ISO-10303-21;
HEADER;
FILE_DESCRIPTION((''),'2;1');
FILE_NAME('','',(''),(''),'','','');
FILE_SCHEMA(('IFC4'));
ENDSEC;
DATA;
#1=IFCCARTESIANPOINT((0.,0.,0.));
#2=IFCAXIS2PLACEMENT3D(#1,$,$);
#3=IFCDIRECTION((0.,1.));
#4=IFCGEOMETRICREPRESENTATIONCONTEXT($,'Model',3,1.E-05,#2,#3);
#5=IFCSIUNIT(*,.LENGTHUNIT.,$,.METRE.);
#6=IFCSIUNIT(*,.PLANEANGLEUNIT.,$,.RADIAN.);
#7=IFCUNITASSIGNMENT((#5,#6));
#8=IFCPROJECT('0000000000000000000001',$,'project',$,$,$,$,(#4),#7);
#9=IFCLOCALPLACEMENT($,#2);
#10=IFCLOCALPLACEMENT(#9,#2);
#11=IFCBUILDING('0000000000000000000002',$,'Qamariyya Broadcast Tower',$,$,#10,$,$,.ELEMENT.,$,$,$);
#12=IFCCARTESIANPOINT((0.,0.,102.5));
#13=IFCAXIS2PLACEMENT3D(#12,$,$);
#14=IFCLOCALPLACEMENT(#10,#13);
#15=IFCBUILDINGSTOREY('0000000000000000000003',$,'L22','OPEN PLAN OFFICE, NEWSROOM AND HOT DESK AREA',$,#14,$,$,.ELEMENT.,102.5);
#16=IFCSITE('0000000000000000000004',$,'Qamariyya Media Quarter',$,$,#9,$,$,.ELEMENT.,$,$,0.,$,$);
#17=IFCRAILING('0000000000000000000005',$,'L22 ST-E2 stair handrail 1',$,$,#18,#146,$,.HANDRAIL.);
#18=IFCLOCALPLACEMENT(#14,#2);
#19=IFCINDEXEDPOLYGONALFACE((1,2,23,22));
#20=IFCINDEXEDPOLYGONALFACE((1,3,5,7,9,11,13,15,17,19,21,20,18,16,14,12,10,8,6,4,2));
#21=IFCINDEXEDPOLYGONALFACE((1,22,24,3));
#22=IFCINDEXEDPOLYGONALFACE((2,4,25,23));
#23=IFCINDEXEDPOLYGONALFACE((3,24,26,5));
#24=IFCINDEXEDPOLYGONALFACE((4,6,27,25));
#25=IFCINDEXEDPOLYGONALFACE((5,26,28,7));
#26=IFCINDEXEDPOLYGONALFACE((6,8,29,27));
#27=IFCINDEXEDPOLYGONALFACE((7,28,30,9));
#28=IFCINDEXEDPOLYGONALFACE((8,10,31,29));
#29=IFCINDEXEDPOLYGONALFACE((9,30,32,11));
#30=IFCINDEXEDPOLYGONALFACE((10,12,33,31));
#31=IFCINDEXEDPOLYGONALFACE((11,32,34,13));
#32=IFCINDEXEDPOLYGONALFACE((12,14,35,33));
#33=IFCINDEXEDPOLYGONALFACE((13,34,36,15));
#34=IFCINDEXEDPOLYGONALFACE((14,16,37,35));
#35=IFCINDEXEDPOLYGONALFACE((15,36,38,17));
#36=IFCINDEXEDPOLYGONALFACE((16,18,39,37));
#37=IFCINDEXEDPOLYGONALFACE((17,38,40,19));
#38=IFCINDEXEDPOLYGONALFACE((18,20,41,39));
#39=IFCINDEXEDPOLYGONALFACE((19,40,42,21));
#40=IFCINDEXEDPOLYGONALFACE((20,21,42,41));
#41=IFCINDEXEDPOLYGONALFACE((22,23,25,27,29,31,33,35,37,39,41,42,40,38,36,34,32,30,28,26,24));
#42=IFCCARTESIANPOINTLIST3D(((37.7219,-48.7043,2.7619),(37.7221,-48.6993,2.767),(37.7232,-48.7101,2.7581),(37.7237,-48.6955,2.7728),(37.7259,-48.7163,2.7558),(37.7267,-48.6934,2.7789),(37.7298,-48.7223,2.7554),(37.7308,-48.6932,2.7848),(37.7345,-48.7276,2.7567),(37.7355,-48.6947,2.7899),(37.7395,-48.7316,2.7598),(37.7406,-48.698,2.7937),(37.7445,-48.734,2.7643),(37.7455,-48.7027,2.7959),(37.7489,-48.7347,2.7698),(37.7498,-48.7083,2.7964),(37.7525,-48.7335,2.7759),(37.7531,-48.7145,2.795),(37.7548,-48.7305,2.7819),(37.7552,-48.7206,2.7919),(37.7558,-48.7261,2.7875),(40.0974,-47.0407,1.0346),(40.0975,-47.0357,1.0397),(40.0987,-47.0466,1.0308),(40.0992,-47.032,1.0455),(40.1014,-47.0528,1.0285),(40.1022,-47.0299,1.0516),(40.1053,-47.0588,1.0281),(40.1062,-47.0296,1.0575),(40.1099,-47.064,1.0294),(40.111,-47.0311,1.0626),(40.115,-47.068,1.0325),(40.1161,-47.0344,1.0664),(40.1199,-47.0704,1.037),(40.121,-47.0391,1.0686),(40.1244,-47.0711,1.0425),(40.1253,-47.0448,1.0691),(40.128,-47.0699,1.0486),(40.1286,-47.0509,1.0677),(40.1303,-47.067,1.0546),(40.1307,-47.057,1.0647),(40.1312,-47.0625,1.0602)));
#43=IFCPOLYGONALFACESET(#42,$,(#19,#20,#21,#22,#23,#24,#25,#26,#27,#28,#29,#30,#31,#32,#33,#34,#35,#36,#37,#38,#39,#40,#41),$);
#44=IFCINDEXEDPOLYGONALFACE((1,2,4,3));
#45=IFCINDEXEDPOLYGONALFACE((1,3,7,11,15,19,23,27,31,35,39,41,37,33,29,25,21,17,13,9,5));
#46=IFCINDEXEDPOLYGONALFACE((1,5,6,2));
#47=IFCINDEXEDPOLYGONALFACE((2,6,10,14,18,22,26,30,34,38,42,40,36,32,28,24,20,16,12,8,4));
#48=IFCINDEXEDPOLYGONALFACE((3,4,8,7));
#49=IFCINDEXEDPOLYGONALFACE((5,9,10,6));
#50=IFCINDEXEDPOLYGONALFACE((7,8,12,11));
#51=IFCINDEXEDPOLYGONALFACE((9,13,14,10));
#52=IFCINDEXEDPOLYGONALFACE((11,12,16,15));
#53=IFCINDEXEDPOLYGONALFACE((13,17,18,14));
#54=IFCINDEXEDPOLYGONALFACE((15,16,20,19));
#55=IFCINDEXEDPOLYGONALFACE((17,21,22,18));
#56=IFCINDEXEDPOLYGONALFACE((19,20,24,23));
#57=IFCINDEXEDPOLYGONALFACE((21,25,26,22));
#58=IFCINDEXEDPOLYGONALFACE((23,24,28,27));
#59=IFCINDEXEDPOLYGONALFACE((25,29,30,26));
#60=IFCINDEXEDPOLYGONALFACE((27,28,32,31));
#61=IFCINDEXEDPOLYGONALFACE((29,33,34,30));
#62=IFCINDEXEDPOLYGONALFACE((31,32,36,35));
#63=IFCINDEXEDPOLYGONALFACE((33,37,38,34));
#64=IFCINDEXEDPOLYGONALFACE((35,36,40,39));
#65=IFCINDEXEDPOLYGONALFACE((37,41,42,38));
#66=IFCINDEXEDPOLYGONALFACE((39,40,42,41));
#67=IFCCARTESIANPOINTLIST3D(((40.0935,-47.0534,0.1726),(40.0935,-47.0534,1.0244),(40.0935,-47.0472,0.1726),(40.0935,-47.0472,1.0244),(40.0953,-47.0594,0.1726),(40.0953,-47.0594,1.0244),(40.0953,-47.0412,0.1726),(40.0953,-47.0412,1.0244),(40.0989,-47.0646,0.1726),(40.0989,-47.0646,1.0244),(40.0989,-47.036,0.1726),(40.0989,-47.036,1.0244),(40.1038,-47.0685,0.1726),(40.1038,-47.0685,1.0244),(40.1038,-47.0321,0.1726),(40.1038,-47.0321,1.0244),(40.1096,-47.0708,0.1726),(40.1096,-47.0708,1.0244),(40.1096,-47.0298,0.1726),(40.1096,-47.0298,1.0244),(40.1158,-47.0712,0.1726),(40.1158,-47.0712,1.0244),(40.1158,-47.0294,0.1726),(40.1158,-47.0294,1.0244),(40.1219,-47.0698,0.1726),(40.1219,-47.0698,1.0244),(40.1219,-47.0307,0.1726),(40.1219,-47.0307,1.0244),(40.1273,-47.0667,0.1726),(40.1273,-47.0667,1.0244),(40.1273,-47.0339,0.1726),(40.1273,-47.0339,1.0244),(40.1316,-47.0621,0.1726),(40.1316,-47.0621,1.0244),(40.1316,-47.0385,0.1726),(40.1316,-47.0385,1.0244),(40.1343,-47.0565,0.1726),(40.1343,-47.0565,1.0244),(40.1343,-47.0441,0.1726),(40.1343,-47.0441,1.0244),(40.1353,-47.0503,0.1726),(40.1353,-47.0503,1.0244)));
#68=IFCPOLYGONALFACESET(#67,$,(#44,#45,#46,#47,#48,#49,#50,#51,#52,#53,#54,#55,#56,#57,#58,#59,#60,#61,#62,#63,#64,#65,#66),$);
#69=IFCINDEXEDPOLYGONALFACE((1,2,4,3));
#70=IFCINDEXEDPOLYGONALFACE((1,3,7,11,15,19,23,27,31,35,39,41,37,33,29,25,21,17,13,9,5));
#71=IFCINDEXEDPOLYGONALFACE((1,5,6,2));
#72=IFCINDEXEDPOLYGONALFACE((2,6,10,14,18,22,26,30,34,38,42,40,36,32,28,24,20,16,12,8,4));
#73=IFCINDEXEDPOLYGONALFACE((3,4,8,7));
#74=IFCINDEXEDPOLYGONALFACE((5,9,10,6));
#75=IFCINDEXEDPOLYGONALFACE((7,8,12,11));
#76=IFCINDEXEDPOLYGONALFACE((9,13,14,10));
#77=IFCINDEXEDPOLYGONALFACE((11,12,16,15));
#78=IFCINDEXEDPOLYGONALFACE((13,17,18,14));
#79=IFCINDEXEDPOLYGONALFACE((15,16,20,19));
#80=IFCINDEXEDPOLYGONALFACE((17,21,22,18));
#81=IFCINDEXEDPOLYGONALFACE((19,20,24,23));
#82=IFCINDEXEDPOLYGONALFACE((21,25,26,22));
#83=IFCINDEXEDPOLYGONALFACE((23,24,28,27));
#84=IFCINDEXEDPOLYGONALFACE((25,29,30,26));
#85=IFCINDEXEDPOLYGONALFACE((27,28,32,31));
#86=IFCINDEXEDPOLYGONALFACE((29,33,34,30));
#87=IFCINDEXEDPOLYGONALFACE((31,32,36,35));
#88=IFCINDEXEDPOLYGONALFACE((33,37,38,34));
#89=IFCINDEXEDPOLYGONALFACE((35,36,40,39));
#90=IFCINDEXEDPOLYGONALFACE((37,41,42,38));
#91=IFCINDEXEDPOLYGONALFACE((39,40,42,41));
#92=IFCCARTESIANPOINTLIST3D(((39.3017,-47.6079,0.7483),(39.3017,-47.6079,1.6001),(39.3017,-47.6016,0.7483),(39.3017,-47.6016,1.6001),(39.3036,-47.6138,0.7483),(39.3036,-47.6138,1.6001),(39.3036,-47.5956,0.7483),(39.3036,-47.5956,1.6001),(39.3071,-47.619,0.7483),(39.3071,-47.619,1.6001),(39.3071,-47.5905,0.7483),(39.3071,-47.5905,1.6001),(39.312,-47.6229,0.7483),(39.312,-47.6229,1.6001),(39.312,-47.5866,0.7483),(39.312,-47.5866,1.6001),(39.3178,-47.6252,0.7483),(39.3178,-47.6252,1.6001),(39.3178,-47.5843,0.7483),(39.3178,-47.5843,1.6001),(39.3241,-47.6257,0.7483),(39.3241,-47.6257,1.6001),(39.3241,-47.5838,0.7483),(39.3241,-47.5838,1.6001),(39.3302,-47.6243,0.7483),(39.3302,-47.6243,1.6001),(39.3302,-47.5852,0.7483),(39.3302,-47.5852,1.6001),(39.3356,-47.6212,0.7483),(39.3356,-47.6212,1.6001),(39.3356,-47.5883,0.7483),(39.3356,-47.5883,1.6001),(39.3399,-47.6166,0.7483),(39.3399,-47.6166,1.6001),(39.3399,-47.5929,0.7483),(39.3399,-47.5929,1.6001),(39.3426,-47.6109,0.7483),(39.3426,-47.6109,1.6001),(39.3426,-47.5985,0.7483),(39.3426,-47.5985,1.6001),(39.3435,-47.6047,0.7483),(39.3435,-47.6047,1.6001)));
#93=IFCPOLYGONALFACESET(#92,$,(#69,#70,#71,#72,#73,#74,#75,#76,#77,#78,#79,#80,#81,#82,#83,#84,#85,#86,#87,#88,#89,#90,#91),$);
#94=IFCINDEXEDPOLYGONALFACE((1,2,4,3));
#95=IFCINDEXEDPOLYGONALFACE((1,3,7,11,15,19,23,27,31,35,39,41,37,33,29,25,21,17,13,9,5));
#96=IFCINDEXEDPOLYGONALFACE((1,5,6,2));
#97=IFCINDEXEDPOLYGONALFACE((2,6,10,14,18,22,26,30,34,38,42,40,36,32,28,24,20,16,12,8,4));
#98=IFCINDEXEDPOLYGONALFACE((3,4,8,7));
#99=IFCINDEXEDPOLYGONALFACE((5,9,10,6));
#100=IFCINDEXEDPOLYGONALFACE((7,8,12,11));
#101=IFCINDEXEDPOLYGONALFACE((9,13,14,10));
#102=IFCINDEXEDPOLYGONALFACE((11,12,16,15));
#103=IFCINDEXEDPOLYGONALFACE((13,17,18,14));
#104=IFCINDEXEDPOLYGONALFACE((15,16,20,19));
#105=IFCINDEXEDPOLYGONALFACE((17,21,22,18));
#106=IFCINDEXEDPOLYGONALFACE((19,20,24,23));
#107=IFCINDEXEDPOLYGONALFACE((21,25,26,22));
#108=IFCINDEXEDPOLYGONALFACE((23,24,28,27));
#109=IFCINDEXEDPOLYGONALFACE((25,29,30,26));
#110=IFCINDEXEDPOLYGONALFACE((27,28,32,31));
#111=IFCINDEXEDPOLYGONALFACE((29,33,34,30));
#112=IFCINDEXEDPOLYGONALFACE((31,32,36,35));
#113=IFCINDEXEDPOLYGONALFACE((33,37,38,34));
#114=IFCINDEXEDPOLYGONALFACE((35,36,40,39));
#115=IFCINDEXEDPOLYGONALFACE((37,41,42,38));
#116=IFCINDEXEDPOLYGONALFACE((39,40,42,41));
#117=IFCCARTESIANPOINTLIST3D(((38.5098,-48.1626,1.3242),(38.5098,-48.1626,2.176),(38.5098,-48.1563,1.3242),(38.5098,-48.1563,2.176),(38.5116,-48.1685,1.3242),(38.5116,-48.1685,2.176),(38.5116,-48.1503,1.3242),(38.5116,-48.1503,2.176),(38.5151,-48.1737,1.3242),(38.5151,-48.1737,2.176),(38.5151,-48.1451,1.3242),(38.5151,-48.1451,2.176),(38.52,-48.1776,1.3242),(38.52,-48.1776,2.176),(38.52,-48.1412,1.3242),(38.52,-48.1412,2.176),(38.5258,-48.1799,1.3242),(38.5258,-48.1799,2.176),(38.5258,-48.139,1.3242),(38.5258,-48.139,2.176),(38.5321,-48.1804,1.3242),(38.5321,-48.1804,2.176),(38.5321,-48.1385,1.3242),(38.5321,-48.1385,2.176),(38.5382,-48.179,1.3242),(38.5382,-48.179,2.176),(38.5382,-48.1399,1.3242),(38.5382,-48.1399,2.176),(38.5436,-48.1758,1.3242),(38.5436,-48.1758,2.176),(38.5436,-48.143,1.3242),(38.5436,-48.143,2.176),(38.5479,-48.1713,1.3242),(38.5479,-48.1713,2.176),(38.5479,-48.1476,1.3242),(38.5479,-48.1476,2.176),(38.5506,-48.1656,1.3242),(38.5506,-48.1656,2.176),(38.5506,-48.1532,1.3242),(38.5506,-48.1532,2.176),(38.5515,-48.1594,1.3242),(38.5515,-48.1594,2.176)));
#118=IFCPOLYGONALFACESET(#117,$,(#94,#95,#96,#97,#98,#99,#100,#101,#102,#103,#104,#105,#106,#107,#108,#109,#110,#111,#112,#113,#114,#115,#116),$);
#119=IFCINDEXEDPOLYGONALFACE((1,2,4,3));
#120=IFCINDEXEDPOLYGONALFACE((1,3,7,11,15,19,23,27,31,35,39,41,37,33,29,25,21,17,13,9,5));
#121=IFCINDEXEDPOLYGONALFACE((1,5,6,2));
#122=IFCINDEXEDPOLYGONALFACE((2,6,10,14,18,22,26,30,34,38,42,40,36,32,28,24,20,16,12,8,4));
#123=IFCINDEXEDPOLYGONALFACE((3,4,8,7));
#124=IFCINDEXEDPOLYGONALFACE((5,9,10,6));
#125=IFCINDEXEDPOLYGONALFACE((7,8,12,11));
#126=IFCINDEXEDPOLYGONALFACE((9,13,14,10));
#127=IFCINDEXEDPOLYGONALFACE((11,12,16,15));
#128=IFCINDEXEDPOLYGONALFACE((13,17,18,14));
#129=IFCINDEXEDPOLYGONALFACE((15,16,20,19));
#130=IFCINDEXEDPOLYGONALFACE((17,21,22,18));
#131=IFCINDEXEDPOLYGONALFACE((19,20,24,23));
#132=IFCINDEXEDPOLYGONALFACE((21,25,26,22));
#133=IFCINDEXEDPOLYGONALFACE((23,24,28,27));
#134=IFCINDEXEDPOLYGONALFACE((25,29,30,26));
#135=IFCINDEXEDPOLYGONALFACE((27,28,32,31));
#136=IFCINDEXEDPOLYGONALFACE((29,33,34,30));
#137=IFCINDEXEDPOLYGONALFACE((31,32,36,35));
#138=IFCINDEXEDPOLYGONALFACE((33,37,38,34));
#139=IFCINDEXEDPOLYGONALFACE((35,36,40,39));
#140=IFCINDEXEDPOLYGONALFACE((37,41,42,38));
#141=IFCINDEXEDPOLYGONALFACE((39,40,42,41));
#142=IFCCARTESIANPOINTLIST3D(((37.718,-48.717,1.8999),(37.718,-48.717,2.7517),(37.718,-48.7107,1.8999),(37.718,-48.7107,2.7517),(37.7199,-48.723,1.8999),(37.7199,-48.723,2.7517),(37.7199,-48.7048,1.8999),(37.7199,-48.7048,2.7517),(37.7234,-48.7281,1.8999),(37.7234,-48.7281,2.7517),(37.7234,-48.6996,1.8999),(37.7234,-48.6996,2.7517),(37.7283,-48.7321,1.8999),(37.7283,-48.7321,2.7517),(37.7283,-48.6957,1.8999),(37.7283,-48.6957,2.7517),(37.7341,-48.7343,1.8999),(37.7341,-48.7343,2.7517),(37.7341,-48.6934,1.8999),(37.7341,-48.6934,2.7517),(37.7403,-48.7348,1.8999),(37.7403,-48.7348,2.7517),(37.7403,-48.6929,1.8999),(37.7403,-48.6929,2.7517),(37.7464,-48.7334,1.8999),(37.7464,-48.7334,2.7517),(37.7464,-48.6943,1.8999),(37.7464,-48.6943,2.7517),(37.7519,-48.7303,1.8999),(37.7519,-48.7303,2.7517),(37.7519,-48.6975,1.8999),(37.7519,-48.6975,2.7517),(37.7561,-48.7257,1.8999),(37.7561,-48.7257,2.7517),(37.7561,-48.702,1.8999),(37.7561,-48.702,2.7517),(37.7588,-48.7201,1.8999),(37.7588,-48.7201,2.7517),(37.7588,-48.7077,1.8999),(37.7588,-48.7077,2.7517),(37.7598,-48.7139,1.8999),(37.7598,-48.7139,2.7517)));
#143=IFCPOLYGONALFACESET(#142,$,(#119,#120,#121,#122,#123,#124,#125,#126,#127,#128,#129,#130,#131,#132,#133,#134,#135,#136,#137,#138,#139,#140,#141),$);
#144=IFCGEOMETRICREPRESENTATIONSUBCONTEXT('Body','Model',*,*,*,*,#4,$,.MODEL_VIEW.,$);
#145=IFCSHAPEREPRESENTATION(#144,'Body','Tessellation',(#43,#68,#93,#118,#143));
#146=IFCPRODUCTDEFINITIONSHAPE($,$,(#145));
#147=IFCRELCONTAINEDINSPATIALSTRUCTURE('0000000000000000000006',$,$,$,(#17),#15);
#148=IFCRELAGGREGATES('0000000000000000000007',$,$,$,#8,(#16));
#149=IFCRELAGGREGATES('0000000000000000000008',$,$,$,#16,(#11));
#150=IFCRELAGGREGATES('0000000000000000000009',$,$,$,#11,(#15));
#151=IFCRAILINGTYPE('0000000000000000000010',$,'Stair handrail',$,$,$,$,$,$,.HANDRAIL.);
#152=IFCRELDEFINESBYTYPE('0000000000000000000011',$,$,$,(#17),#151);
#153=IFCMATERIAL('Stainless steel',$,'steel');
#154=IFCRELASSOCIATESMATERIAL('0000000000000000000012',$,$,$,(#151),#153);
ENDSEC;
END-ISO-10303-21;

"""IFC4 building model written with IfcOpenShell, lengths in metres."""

from ifc_helpers import new_model, si_unit, direction, frame, origin, origin_2d, place, context, subcontext, project, spatial, circle, extrude, material, type_object, element, save


model = new_model("IFC4")

# Units and contexts
model_context = context("Model", 3, precision=1e-05, world=origin(), true_north=direction((0.0, 1.0)))
body_context = subcontext(model_context, "Body", "Model", "MODEL_VIEW")
ifc_project = project(units=[si_unit("LENGTHUNIT", "METRE"), si_unit("PLANEANGLEUNIT", "RADIAN")], contexts=[model_context])

# Site, building, storey
site_placement = place(None, origin())
site = spatial("IfcSite", under=ifc_project, at=site_placement, Name="Qamariyya Media Quarter", CompositionType="ELEMENT", RefElevation=0.0)
building_placement = place(site_placement, origin())
building = spatial("IfcBuilding", under=site, at=building_placement, Name="Qamariyya Broadcast Tower", CompositionType="ELEMENT")
storey_placement = place(building_placement, frame((0.0, 0.0, 102.5)))
storey = spatial("IfcBuildingStorey", under=building, at=storey_placement, Name="L22", Description="OPEN PLAN OFFICE, NEWSROOM AND HOT DESK AREA", CompositionType="ELEMENT", Elevation=102.5)

# Railing
ifc_material_1 = material(Name="Stainless steel", Category="steel")
railing_type_1 = type_object("IfcRailingType", Name="Stair handrail", PredefinedType="HANDRAIL", material=ifc_material_1)
railing_1_placement = place(storey_placement, frame((40.1143, -47.0503, 0.1726)))
element("IfcRailing", 1, at=railing_1_placement, inside=storey, type_object=railing_type_1, Name="L22 ST-E2 stair handrail 1", PredefinedType="HANDRAIL", context=body_context, shape_type="SweptSolid", body=[
    extrude(circle(Radius=0.0239, at=origin_2d()), frame((0.0, 0.0, 0.876), z_axis=(-0.703745, -0.492838, 0.511716), x_axis=(0.573632, -0.819113, 0.0)), (0.0, 0.0, 1.0), 3.3755),
    extrude(circle(Radius=0.021, at=origin_2d()), origin(), (0.0, 0.0, 1.0), 0.8518),
    extrude(circle(Radius=0.021, at=origin_2d()), frame((-0.7917, -0.5544, 0.5757)), (0.0, 0.0, 1.0), 0.8518),
    extrude(circle(Radius=0.021, at=origin_2d()), frame((-1.5837, -1.1091, 1.1516)), (0.0, 0.0, 1.0), 0.8518),
    extrude(circle(Radius=0.021, at=origin_2d()), frame((-2.3755, -1.6636, 1.7273)), (0.0, 0.0, 1.0), 0.8518),
])

save(model, "model.ifc")
